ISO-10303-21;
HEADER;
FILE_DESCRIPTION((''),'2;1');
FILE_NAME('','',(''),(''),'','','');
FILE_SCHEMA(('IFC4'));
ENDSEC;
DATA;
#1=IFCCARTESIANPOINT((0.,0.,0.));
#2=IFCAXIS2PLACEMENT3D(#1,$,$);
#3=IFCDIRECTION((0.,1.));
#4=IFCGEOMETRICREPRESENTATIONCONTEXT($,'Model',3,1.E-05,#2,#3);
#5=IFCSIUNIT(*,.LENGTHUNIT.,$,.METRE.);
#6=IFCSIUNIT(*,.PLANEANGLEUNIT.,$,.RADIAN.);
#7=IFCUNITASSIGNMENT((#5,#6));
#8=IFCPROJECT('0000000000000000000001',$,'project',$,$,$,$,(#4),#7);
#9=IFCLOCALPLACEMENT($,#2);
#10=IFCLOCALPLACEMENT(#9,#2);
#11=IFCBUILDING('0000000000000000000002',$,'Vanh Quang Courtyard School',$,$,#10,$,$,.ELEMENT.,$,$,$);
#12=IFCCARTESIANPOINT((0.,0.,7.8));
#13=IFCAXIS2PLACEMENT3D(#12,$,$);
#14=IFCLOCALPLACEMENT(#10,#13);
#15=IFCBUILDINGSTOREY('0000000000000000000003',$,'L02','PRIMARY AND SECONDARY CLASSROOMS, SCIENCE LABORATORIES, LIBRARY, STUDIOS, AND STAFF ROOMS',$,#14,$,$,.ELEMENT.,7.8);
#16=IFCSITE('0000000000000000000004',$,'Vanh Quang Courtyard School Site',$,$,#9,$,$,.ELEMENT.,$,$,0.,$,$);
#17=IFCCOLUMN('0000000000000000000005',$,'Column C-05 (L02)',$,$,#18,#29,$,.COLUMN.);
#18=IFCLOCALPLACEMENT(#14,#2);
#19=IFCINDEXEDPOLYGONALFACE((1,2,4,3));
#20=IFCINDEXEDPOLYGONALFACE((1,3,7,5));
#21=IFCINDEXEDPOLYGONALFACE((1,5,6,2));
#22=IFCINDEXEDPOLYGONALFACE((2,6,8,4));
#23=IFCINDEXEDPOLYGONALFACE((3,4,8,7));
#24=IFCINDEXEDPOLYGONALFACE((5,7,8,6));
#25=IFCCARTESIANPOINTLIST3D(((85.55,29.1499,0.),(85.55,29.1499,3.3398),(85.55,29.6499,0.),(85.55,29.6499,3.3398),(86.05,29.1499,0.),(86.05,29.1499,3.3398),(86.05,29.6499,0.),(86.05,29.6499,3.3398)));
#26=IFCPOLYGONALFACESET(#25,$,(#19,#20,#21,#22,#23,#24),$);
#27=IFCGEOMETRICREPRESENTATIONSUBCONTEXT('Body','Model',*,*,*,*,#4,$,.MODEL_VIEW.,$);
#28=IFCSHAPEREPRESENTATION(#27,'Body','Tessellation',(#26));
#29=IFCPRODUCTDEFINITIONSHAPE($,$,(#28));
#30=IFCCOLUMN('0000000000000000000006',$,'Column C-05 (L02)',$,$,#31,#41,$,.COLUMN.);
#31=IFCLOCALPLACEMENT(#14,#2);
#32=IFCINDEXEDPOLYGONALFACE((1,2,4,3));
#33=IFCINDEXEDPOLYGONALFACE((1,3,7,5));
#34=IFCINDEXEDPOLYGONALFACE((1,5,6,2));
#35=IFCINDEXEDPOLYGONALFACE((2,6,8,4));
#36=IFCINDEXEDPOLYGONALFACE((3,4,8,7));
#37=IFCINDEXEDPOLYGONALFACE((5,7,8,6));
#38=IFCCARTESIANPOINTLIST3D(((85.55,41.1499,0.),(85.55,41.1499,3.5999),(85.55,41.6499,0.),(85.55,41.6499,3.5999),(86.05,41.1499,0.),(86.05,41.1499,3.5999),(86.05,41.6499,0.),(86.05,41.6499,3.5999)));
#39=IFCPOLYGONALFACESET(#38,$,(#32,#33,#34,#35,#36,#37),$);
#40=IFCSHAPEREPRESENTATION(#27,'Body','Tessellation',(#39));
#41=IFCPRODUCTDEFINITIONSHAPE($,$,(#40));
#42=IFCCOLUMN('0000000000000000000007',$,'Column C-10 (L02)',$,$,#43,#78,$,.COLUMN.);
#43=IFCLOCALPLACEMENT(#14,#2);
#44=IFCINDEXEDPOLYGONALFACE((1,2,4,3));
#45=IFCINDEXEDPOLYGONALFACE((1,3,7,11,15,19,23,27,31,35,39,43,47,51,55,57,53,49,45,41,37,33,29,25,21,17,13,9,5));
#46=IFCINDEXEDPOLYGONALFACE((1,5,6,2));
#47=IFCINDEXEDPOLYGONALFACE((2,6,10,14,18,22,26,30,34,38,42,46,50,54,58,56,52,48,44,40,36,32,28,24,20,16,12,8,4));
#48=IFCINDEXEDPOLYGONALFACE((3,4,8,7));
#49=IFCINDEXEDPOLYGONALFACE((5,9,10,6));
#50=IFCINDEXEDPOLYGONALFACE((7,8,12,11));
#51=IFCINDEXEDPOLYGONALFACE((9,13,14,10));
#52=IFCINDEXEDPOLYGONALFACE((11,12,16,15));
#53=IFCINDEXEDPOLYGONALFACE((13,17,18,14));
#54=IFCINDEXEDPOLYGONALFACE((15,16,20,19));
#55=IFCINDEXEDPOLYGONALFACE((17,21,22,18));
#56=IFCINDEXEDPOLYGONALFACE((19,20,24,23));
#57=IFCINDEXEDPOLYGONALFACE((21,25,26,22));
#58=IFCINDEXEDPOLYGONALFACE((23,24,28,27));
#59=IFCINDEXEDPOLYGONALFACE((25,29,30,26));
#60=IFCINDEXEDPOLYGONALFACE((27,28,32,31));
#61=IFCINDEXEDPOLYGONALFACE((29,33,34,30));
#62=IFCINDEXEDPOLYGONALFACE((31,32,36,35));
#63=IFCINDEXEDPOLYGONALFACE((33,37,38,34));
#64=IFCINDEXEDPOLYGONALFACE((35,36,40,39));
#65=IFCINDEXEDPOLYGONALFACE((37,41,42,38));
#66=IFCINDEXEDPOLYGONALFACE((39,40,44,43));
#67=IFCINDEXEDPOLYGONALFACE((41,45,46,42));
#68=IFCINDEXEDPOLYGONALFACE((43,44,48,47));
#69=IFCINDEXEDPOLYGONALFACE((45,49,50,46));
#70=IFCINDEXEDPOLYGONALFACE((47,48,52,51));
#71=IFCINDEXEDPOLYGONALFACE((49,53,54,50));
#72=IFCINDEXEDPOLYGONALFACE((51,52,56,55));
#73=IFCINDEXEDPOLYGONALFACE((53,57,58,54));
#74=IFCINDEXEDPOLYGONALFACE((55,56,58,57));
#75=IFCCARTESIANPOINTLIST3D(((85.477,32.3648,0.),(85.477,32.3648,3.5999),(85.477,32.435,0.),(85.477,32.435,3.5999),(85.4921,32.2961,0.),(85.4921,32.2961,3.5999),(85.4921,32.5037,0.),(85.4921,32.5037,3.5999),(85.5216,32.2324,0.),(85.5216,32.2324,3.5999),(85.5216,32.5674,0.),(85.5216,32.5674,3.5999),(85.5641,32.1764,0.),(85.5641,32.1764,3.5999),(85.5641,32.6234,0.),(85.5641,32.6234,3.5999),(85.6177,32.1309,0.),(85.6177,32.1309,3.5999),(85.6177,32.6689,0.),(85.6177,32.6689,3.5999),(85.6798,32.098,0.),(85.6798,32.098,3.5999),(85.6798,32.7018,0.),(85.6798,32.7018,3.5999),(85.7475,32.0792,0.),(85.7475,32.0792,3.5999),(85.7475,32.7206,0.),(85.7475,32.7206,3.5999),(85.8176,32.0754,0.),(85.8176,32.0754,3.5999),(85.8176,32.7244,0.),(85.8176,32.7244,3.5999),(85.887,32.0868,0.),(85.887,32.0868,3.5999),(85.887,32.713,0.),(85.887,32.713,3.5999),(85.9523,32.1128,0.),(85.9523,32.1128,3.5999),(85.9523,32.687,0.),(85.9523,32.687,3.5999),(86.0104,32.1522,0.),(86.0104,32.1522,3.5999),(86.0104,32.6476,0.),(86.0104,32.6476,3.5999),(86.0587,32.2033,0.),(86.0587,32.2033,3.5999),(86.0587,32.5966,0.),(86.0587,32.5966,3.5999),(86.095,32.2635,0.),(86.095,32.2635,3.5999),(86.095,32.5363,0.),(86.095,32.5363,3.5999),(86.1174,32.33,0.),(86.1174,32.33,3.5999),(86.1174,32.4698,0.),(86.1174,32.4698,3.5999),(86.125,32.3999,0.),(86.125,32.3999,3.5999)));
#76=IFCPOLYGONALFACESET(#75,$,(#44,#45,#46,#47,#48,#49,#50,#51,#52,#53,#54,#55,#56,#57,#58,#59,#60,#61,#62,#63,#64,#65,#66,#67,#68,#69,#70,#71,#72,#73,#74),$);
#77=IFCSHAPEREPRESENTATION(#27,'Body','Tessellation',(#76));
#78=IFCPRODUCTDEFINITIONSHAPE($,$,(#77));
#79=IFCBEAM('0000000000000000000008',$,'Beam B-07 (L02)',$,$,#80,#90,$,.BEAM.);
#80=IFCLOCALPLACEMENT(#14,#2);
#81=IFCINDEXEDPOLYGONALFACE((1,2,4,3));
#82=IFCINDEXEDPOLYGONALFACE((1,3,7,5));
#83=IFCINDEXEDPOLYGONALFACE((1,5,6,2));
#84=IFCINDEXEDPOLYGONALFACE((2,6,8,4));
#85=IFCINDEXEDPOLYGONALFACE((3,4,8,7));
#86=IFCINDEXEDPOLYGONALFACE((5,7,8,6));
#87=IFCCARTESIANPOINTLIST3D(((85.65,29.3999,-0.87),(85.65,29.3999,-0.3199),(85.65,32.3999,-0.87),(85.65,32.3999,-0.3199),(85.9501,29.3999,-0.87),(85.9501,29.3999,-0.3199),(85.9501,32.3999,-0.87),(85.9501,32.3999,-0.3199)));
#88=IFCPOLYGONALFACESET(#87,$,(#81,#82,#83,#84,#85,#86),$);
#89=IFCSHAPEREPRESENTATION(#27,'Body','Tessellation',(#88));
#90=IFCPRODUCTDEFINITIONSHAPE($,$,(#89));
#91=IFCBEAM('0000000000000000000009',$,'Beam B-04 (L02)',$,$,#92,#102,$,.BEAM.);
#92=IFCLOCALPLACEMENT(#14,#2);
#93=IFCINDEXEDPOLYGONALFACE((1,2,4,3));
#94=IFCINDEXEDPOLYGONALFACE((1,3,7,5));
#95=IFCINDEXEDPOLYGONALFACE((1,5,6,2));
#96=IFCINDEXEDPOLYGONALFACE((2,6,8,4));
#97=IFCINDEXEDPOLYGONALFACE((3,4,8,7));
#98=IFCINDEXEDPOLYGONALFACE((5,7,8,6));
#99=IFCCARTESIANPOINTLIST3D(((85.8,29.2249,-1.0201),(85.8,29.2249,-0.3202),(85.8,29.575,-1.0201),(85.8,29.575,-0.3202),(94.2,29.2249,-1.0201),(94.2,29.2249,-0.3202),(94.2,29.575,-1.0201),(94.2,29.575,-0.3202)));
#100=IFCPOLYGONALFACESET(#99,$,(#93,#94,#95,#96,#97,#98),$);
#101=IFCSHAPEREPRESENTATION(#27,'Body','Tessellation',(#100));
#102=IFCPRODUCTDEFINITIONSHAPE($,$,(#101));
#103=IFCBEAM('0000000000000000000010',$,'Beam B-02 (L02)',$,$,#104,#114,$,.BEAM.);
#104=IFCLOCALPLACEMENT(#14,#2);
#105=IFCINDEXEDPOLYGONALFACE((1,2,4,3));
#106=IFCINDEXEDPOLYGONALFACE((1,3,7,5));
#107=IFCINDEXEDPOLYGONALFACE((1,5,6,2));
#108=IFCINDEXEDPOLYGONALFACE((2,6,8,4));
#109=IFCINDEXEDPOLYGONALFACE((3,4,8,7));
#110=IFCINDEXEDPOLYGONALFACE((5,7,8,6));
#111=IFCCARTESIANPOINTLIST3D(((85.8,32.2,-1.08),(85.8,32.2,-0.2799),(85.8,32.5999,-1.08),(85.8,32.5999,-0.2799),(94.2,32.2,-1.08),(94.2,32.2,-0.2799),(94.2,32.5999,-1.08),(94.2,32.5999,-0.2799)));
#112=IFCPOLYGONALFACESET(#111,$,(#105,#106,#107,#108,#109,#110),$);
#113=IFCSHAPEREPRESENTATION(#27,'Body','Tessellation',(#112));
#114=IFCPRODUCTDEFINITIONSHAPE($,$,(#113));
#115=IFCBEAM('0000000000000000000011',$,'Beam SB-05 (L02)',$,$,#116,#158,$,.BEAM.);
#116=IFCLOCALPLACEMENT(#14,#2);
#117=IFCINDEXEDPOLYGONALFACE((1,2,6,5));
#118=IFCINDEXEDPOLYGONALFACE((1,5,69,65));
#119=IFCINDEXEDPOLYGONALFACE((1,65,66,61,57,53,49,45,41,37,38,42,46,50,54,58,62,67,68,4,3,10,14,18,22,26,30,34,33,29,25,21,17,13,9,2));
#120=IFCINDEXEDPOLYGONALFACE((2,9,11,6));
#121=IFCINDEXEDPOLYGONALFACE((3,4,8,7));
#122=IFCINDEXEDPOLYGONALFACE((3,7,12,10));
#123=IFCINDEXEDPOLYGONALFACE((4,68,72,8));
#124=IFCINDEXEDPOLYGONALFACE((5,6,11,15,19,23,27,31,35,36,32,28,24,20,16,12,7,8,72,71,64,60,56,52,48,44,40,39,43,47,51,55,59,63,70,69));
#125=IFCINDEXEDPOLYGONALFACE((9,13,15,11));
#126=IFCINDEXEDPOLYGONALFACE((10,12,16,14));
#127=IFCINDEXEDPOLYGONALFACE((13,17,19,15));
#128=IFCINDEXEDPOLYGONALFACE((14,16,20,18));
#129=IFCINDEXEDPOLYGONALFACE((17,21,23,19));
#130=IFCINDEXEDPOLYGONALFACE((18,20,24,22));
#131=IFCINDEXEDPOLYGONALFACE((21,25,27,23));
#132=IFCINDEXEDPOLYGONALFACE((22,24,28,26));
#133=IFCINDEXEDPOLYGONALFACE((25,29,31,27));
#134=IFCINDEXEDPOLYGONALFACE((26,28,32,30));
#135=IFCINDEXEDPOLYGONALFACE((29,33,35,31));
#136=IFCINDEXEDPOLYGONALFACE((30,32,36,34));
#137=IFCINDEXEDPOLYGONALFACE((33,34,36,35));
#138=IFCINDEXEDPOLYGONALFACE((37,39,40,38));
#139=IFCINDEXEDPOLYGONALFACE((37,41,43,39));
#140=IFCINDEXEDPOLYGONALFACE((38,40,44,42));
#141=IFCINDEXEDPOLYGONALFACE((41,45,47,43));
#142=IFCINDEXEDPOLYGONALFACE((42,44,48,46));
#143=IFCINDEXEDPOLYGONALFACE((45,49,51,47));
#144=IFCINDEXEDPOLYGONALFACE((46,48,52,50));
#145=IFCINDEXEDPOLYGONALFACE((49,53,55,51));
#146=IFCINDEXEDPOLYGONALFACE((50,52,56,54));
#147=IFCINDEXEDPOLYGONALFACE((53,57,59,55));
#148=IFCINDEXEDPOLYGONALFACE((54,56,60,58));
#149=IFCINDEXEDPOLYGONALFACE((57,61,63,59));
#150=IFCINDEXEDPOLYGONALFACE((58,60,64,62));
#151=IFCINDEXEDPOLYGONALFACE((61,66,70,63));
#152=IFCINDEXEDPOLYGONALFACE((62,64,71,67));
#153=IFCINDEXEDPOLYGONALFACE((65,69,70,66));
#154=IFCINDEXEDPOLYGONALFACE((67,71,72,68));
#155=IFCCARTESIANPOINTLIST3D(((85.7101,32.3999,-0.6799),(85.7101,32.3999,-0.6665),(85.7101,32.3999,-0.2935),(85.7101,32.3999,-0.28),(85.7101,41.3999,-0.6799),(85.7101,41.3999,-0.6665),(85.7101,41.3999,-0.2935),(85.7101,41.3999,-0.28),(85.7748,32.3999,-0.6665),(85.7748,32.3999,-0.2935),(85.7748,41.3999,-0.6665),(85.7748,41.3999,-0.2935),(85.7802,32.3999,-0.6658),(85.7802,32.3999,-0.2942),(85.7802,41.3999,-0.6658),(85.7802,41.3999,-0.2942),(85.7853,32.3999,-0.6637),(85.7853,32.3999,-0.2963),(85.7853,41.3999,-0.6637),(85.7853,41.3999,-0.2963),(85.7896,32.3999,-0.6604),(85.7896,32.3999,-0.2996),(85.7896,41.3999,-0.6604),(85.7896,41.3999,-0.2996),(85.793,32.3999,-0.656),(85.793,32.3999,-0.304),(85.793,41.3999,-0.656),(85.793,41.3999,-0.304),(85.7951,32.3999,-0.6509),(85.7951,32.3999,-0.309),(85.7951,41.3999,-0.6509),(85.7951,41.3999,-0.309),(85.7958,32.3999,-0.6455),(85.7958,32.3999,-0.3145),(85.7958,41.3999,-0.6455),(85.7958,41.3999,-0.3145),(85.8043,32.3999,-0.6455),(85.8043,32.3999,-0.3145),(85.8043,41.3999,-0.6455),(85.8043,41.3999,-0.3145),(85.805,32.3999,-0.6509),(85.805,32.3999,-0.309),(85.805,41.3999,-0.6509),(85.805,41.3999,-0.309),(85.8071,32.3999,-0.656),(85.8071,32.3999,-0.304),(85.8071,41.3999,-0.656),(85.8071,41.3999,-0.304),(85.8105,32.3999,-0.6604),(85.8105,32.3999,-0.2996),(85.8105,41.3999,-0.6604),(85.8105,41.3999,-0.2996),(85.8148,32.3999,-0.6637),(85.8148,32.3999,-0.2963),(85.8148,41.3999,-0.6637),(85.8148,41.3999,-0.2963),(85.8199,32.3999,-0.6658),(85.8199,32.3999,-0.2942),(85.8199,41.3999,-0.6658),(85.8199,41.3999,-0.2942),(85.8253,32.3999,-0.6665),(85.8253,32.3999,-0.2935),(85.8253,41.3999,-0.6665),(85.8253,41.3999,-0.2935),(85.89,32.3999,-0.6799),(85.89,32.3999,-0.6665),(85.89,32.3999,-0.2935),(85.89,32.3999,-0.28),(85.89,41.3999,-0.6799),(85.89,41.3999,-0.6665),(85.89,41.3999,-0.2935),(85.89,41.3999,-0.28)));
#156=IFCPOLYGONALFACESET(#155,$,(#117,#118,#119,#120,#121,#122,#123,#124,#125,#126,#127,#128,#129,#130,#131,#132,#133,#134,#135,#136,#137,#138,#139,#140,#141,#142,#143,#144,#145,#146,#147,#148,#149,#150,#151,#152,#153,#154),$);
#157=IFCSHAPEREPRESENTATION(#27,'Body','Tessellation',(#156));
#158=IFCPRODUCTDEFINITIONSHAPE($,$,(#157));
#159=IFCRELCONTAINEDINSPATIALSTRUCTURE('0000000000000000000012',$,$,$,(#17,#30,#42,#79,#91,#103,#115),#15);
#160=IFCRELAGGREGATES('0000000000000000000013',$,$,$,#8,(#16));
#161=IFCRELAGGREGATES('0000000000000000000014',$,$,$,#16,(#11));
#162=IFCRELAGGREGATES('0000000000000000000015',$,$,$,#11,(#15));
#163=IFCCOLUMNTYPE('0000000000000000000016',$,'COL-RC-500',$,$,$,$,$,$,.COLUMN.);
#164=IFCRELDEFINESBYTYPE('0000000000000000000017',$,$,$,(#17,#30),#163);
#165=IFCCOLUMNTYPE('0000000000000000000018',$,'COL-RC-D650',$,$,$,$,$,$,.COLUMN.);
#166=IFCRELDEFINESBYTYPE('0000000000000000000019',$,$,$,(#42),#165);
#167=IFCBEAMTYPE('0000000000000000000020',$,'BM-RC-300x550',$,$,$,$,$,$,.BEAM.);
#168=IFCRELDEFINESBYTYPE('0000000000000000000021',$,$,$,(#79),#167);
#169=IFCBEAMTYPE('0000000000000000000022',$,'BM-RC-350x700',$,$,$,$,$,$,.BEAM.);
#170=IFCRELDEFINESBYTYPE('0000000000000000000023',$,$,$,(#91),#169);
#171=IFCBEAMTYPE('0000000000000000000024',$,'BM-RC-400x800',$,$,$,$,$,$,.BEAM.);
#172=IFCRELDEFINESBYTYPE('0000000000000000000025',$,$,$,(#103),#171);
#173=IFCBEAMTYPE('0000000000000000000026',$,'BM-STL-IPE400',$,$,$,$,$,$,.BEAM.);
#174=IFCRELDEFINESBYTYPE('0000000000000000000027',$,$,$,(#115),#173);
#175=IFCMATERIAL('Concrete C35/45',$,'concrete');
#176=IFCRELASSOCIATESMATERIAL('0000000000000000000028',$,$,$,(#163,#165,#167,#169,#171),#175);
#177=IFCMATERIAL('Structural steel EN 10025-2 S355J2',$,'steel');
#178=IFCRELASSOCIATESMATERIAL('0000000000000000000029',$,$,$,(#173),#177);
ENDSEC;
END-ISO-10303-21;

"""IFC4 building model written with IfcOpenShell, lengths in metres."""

from ifc_helpers import new_model, si_unit, direction, frame, origin, origin_2d, place, context, subcontext, project, spatial, rectangle, circle, i_section, extrude, material, material_profile, profile_set, type_object, element, save


model = new_model("IFC4")

# Units and contexts
model_context = context("Model", 3, precision=1e-05, world=origin(), true_north=direction((0.0, 1.0)))
body_context = subcontext(model_context, "Body", "Model", "MODEL_VIEW")
ifc_project = project(units=[si_unit("LENGTHUNIT", "METRE"), si_unit("PLANEANGLEUNIT", "RADIAN")], contexts=[model_context])

# Site, building, storey
site_placement = place(None, origin())
site = spatial("IfcSite", under=ifc_project, at=site_placement, Name="Vanh Quang Courtyard School Site", CompositionType="ELEMENT", RefElevation=0.0)
building_placement = place(site_placement, origin())
building = spatial("IfcBuilding", under=site, at=building_placement, Name="Vanh Quang Courtyard School", CompositionType="ELEMENT")
storey_placement = place(building_placement, frame((0.0, 0.0, 7.8)))
storey = spatial("IfcBuildingStorey", under=building, at=storey_placement, Name="L02", Description="PRIMARY AND SECONDARY CLASSROOMS, SCIENCE LABORATORIES, LIBRARY, STUDIOS, AND STAFF ROOMS", CompositionType="ELEMENT", Elevation=7.8)

# Columns
ifc_material_1 = material(Name="Concrete C35/45", Category="concrete")
ifc_material_profile_1 = material_profile(ifc_material_1, rectangle(XDim=0.5, YDim=0.5, at=origin_2d()), Name="RC-COL 500x500")
ifc_profile_set_1 = profile_set([ifc_material_profile_1], Name="Concrete C35/45")
column_type_1 = type_object("IfcColumnType", Name="COL-RC-500", PredefinedType="COLUMN", material=ifc_profile_set_1)
column_1_placement = place(storey_placement, frame((85.8, 29.3999, 0.0), z_axis=(0.0, 0.0, 1.0), x_axis=(1.0, 0.0, 0.0)))
element("IfcColumn", 1, at=column_1_placement, inside=storey, type_object=column_type_1, Name="Column C-05 (L02)", PredefinedType="COLUMN", context=body_context, shape_type="SweptSolid", body=[
    extrude(rectangle(XDim=0.5, YDim=0.5, at=origin_2d()), origin(), (0.0, 0.0, 1.0), 3.3398),
])
column_2_placement = place(storey_placement, frame((85.8, 41.3999, 0.0), z_axis=(0.0, 0.0, 1.0), x_axis=(1.0, 0.0, 0.0)))
element("IfcColumn", 2, at=column_2_placement, inside=storey, type_object=column_type_1, Name="Column C-05 (L02)", PredefinedType="COLUMN", context=body_context, shape_type="SweptSolid", body=[
    extrude(rectangle(XDim=0.5, YDim=0.5, at=origin_2d()), origin(), (0.0, 0.0, 1.0), 3.5999),
])
ifc_material_profile_2 = material_profile(ifc_material_1, circle(Radius=0.325, at=origin_2d()), Name="RC-COL D650")
ifc_profile_set_2 = profile_set([ifc_material_profile_2], Name="Concrete C35/45")
column_type_2 = type_object("IfcColumnType", Name="COL-RC-D650", PredefinedType="COLUMN", material=ifc_profile_set_2)
column_3_placement = place(storey_placement, frame((85.8, 32.3999, 0.0), z_axis=(0.0, 0.0, 1.0), x_axis=(1.0, 0.0, 0.0)))
element("IfcColumn", 3, at=column_3_placement, inside=storey, type_object=column_type_2, Name="Column C-10 (L02)", PredefinedType="COLUMN", context=body_context, shape_type="SweptSolid", body=[
    extrude(circle(Radius=0.325, at=origin_2d()), origin(), (0.0, 0.0, 1.0), 3.5999),
])

# Beams
ifc_material_profile_3 = material_profile(ifc_material_1, rectangle(XDim=0.3, YDim=0.55, at=origin_2d()), Name="RC-BM 300x550")
ifc_profile_set_3 = profile_set([ifc_material_profile_3], Name="Concrete C35/45")
beam_type_1 = type_object("IfcBeamType", Name="BM-RC-300x550", PredefinedType="BEAM", material=ifc_profile_set_3)
beam_1_placement = place(storey_placement, frame((85.8, 29.3999, -0.595), z_axis=(0.0, 1.0, 0.0), x_axis=(-1.0, 0.0, 0.0)))
element("IfcBeam", 4, at=beam_1_placement, inside=storey, type_object=beam_type_1, Name="Beam B-07 (L02)", PredefinedType="BEAM", context=body_context, shape_type="SweptSolid", body=[
    extrude(rectangle(XDim=0.3, YDim=0.55, at=origin_2d()), origin(), (0.0, 0.0, 1.0), 3.0),
])
ifc_material_profile_4 = material_profile(ifc_material_1, rectangle(XDim=0.3501, YDim=0.7, at=origin_2d()), Name="RC-BM 350x700")
ifc_profile_set_4 = profile_set([ifc_material_profile_4], Name="Concrete C35/45")
beam_type_2 = type_object("IfcBeamType", Name="BM-RC-350x700", PredefinedType="BEAM", material=ifc_profile_set_4)
beam_2_placement = place(storey_placement, frame((85.8, 29.3999, -0.6702), z_axis=(1.0, 0.0, 0.0), x_axis=(0.0, 1.0, 0.0)))
element("IfcBeam", 5, at=beam_2_placement, inside=storey, type_object=beam_type_2, Name="Beam B-04 (L02)", PredefinedType="BEAM", context=body_context, shape_type="SweptSolid", body=[
    extrude(rectangle(XDim=0.3501, YDim=0.7, at=origin_2d()), origin(), (0.0, 0.0, 1.0), 8.3999),
])
ifc_material_profile_5 = material_profile(ifc_material_1, rectangle(XDim=0.3999, YDim=0.8, at=origin_2d()), Name="RC-BM 400x800")
ifc_profile_set_5 = profile_set([ifc_material_profile_5], Name="Concrete C35/45")
beam_type_3 = type_object("IfcBeamType", Name="BM-RC-400x800", PredefinedType="BEAM", material=ifc_profile_set_5)
beam_3_placement = place(storey_placement, frame((85.8, 32.3999, -0.6799), z_axis=(1.0, 0.0, 0.0), x_axis=(0.0, 1.0, 0.0)))
element("IfcBeam", 6, at=beam_3_placement, inside=storey, type_object=beam_type_3, Name="Beam B-02 (L02)", PredefinedType="BEAM", context=body_context, shape_type="SweptSolid", body=[
    extrude(rectangle(XDim=0.3999, YDim=0.8, at=origin_2d()), origin(), (0.0, 0.0, 1.0), 8.3999),
])
ifc_material_2 = material(Name="Structural steel EN 10025-2 S355J2", Category="steel")
ifc_material_profile_6 = material_profile(ifc_material_2, i_section(OverallWidth=0.1799, OverallDepth=0.3999, WebThickness=0.0085, FlangeThickness=0.0134, FilletRadius=0.021, at=origin_2d()), Name="IPE 400")
ifc_profile_set_6 = profile_set([ifc_material_profile_6], Name="Structural steel EN 10025-2 S355J2")
beam_type_4 = type_object("IfcBeamType", Name="BM-STL-IPE400", PredefinedType="BEAM", material=ifc_profile_set_6)
for number, where, z_axis, x_axis, name in (
    (7, (85.8, 32.3999, -0.48), (0.0, 1.0, 0.0), (-1.0, 0.0, 0.0), "Beam SB-05 (L02)"),
):
    element("IfcBeam", number, at=place(storey_placement, frame(where, z_axis=z_axis, x_axis=x_axis)), inside=storey, type_object=beam_type_4, Name=name, PredefinedType="BEAM", context=body_context, shape_type="SweptSolid", body=[
        extrude(i_section(OverallWidth=0.1799, OverallDepth=0.3999, WebThickness=0.0085, FlangeThickness=0.0134, FilletRadius=0.021, at=origin_2d()), origin(), (0.0, 0.0, 1.0), 9.0),
    ])

save(model, "model.ifc")
